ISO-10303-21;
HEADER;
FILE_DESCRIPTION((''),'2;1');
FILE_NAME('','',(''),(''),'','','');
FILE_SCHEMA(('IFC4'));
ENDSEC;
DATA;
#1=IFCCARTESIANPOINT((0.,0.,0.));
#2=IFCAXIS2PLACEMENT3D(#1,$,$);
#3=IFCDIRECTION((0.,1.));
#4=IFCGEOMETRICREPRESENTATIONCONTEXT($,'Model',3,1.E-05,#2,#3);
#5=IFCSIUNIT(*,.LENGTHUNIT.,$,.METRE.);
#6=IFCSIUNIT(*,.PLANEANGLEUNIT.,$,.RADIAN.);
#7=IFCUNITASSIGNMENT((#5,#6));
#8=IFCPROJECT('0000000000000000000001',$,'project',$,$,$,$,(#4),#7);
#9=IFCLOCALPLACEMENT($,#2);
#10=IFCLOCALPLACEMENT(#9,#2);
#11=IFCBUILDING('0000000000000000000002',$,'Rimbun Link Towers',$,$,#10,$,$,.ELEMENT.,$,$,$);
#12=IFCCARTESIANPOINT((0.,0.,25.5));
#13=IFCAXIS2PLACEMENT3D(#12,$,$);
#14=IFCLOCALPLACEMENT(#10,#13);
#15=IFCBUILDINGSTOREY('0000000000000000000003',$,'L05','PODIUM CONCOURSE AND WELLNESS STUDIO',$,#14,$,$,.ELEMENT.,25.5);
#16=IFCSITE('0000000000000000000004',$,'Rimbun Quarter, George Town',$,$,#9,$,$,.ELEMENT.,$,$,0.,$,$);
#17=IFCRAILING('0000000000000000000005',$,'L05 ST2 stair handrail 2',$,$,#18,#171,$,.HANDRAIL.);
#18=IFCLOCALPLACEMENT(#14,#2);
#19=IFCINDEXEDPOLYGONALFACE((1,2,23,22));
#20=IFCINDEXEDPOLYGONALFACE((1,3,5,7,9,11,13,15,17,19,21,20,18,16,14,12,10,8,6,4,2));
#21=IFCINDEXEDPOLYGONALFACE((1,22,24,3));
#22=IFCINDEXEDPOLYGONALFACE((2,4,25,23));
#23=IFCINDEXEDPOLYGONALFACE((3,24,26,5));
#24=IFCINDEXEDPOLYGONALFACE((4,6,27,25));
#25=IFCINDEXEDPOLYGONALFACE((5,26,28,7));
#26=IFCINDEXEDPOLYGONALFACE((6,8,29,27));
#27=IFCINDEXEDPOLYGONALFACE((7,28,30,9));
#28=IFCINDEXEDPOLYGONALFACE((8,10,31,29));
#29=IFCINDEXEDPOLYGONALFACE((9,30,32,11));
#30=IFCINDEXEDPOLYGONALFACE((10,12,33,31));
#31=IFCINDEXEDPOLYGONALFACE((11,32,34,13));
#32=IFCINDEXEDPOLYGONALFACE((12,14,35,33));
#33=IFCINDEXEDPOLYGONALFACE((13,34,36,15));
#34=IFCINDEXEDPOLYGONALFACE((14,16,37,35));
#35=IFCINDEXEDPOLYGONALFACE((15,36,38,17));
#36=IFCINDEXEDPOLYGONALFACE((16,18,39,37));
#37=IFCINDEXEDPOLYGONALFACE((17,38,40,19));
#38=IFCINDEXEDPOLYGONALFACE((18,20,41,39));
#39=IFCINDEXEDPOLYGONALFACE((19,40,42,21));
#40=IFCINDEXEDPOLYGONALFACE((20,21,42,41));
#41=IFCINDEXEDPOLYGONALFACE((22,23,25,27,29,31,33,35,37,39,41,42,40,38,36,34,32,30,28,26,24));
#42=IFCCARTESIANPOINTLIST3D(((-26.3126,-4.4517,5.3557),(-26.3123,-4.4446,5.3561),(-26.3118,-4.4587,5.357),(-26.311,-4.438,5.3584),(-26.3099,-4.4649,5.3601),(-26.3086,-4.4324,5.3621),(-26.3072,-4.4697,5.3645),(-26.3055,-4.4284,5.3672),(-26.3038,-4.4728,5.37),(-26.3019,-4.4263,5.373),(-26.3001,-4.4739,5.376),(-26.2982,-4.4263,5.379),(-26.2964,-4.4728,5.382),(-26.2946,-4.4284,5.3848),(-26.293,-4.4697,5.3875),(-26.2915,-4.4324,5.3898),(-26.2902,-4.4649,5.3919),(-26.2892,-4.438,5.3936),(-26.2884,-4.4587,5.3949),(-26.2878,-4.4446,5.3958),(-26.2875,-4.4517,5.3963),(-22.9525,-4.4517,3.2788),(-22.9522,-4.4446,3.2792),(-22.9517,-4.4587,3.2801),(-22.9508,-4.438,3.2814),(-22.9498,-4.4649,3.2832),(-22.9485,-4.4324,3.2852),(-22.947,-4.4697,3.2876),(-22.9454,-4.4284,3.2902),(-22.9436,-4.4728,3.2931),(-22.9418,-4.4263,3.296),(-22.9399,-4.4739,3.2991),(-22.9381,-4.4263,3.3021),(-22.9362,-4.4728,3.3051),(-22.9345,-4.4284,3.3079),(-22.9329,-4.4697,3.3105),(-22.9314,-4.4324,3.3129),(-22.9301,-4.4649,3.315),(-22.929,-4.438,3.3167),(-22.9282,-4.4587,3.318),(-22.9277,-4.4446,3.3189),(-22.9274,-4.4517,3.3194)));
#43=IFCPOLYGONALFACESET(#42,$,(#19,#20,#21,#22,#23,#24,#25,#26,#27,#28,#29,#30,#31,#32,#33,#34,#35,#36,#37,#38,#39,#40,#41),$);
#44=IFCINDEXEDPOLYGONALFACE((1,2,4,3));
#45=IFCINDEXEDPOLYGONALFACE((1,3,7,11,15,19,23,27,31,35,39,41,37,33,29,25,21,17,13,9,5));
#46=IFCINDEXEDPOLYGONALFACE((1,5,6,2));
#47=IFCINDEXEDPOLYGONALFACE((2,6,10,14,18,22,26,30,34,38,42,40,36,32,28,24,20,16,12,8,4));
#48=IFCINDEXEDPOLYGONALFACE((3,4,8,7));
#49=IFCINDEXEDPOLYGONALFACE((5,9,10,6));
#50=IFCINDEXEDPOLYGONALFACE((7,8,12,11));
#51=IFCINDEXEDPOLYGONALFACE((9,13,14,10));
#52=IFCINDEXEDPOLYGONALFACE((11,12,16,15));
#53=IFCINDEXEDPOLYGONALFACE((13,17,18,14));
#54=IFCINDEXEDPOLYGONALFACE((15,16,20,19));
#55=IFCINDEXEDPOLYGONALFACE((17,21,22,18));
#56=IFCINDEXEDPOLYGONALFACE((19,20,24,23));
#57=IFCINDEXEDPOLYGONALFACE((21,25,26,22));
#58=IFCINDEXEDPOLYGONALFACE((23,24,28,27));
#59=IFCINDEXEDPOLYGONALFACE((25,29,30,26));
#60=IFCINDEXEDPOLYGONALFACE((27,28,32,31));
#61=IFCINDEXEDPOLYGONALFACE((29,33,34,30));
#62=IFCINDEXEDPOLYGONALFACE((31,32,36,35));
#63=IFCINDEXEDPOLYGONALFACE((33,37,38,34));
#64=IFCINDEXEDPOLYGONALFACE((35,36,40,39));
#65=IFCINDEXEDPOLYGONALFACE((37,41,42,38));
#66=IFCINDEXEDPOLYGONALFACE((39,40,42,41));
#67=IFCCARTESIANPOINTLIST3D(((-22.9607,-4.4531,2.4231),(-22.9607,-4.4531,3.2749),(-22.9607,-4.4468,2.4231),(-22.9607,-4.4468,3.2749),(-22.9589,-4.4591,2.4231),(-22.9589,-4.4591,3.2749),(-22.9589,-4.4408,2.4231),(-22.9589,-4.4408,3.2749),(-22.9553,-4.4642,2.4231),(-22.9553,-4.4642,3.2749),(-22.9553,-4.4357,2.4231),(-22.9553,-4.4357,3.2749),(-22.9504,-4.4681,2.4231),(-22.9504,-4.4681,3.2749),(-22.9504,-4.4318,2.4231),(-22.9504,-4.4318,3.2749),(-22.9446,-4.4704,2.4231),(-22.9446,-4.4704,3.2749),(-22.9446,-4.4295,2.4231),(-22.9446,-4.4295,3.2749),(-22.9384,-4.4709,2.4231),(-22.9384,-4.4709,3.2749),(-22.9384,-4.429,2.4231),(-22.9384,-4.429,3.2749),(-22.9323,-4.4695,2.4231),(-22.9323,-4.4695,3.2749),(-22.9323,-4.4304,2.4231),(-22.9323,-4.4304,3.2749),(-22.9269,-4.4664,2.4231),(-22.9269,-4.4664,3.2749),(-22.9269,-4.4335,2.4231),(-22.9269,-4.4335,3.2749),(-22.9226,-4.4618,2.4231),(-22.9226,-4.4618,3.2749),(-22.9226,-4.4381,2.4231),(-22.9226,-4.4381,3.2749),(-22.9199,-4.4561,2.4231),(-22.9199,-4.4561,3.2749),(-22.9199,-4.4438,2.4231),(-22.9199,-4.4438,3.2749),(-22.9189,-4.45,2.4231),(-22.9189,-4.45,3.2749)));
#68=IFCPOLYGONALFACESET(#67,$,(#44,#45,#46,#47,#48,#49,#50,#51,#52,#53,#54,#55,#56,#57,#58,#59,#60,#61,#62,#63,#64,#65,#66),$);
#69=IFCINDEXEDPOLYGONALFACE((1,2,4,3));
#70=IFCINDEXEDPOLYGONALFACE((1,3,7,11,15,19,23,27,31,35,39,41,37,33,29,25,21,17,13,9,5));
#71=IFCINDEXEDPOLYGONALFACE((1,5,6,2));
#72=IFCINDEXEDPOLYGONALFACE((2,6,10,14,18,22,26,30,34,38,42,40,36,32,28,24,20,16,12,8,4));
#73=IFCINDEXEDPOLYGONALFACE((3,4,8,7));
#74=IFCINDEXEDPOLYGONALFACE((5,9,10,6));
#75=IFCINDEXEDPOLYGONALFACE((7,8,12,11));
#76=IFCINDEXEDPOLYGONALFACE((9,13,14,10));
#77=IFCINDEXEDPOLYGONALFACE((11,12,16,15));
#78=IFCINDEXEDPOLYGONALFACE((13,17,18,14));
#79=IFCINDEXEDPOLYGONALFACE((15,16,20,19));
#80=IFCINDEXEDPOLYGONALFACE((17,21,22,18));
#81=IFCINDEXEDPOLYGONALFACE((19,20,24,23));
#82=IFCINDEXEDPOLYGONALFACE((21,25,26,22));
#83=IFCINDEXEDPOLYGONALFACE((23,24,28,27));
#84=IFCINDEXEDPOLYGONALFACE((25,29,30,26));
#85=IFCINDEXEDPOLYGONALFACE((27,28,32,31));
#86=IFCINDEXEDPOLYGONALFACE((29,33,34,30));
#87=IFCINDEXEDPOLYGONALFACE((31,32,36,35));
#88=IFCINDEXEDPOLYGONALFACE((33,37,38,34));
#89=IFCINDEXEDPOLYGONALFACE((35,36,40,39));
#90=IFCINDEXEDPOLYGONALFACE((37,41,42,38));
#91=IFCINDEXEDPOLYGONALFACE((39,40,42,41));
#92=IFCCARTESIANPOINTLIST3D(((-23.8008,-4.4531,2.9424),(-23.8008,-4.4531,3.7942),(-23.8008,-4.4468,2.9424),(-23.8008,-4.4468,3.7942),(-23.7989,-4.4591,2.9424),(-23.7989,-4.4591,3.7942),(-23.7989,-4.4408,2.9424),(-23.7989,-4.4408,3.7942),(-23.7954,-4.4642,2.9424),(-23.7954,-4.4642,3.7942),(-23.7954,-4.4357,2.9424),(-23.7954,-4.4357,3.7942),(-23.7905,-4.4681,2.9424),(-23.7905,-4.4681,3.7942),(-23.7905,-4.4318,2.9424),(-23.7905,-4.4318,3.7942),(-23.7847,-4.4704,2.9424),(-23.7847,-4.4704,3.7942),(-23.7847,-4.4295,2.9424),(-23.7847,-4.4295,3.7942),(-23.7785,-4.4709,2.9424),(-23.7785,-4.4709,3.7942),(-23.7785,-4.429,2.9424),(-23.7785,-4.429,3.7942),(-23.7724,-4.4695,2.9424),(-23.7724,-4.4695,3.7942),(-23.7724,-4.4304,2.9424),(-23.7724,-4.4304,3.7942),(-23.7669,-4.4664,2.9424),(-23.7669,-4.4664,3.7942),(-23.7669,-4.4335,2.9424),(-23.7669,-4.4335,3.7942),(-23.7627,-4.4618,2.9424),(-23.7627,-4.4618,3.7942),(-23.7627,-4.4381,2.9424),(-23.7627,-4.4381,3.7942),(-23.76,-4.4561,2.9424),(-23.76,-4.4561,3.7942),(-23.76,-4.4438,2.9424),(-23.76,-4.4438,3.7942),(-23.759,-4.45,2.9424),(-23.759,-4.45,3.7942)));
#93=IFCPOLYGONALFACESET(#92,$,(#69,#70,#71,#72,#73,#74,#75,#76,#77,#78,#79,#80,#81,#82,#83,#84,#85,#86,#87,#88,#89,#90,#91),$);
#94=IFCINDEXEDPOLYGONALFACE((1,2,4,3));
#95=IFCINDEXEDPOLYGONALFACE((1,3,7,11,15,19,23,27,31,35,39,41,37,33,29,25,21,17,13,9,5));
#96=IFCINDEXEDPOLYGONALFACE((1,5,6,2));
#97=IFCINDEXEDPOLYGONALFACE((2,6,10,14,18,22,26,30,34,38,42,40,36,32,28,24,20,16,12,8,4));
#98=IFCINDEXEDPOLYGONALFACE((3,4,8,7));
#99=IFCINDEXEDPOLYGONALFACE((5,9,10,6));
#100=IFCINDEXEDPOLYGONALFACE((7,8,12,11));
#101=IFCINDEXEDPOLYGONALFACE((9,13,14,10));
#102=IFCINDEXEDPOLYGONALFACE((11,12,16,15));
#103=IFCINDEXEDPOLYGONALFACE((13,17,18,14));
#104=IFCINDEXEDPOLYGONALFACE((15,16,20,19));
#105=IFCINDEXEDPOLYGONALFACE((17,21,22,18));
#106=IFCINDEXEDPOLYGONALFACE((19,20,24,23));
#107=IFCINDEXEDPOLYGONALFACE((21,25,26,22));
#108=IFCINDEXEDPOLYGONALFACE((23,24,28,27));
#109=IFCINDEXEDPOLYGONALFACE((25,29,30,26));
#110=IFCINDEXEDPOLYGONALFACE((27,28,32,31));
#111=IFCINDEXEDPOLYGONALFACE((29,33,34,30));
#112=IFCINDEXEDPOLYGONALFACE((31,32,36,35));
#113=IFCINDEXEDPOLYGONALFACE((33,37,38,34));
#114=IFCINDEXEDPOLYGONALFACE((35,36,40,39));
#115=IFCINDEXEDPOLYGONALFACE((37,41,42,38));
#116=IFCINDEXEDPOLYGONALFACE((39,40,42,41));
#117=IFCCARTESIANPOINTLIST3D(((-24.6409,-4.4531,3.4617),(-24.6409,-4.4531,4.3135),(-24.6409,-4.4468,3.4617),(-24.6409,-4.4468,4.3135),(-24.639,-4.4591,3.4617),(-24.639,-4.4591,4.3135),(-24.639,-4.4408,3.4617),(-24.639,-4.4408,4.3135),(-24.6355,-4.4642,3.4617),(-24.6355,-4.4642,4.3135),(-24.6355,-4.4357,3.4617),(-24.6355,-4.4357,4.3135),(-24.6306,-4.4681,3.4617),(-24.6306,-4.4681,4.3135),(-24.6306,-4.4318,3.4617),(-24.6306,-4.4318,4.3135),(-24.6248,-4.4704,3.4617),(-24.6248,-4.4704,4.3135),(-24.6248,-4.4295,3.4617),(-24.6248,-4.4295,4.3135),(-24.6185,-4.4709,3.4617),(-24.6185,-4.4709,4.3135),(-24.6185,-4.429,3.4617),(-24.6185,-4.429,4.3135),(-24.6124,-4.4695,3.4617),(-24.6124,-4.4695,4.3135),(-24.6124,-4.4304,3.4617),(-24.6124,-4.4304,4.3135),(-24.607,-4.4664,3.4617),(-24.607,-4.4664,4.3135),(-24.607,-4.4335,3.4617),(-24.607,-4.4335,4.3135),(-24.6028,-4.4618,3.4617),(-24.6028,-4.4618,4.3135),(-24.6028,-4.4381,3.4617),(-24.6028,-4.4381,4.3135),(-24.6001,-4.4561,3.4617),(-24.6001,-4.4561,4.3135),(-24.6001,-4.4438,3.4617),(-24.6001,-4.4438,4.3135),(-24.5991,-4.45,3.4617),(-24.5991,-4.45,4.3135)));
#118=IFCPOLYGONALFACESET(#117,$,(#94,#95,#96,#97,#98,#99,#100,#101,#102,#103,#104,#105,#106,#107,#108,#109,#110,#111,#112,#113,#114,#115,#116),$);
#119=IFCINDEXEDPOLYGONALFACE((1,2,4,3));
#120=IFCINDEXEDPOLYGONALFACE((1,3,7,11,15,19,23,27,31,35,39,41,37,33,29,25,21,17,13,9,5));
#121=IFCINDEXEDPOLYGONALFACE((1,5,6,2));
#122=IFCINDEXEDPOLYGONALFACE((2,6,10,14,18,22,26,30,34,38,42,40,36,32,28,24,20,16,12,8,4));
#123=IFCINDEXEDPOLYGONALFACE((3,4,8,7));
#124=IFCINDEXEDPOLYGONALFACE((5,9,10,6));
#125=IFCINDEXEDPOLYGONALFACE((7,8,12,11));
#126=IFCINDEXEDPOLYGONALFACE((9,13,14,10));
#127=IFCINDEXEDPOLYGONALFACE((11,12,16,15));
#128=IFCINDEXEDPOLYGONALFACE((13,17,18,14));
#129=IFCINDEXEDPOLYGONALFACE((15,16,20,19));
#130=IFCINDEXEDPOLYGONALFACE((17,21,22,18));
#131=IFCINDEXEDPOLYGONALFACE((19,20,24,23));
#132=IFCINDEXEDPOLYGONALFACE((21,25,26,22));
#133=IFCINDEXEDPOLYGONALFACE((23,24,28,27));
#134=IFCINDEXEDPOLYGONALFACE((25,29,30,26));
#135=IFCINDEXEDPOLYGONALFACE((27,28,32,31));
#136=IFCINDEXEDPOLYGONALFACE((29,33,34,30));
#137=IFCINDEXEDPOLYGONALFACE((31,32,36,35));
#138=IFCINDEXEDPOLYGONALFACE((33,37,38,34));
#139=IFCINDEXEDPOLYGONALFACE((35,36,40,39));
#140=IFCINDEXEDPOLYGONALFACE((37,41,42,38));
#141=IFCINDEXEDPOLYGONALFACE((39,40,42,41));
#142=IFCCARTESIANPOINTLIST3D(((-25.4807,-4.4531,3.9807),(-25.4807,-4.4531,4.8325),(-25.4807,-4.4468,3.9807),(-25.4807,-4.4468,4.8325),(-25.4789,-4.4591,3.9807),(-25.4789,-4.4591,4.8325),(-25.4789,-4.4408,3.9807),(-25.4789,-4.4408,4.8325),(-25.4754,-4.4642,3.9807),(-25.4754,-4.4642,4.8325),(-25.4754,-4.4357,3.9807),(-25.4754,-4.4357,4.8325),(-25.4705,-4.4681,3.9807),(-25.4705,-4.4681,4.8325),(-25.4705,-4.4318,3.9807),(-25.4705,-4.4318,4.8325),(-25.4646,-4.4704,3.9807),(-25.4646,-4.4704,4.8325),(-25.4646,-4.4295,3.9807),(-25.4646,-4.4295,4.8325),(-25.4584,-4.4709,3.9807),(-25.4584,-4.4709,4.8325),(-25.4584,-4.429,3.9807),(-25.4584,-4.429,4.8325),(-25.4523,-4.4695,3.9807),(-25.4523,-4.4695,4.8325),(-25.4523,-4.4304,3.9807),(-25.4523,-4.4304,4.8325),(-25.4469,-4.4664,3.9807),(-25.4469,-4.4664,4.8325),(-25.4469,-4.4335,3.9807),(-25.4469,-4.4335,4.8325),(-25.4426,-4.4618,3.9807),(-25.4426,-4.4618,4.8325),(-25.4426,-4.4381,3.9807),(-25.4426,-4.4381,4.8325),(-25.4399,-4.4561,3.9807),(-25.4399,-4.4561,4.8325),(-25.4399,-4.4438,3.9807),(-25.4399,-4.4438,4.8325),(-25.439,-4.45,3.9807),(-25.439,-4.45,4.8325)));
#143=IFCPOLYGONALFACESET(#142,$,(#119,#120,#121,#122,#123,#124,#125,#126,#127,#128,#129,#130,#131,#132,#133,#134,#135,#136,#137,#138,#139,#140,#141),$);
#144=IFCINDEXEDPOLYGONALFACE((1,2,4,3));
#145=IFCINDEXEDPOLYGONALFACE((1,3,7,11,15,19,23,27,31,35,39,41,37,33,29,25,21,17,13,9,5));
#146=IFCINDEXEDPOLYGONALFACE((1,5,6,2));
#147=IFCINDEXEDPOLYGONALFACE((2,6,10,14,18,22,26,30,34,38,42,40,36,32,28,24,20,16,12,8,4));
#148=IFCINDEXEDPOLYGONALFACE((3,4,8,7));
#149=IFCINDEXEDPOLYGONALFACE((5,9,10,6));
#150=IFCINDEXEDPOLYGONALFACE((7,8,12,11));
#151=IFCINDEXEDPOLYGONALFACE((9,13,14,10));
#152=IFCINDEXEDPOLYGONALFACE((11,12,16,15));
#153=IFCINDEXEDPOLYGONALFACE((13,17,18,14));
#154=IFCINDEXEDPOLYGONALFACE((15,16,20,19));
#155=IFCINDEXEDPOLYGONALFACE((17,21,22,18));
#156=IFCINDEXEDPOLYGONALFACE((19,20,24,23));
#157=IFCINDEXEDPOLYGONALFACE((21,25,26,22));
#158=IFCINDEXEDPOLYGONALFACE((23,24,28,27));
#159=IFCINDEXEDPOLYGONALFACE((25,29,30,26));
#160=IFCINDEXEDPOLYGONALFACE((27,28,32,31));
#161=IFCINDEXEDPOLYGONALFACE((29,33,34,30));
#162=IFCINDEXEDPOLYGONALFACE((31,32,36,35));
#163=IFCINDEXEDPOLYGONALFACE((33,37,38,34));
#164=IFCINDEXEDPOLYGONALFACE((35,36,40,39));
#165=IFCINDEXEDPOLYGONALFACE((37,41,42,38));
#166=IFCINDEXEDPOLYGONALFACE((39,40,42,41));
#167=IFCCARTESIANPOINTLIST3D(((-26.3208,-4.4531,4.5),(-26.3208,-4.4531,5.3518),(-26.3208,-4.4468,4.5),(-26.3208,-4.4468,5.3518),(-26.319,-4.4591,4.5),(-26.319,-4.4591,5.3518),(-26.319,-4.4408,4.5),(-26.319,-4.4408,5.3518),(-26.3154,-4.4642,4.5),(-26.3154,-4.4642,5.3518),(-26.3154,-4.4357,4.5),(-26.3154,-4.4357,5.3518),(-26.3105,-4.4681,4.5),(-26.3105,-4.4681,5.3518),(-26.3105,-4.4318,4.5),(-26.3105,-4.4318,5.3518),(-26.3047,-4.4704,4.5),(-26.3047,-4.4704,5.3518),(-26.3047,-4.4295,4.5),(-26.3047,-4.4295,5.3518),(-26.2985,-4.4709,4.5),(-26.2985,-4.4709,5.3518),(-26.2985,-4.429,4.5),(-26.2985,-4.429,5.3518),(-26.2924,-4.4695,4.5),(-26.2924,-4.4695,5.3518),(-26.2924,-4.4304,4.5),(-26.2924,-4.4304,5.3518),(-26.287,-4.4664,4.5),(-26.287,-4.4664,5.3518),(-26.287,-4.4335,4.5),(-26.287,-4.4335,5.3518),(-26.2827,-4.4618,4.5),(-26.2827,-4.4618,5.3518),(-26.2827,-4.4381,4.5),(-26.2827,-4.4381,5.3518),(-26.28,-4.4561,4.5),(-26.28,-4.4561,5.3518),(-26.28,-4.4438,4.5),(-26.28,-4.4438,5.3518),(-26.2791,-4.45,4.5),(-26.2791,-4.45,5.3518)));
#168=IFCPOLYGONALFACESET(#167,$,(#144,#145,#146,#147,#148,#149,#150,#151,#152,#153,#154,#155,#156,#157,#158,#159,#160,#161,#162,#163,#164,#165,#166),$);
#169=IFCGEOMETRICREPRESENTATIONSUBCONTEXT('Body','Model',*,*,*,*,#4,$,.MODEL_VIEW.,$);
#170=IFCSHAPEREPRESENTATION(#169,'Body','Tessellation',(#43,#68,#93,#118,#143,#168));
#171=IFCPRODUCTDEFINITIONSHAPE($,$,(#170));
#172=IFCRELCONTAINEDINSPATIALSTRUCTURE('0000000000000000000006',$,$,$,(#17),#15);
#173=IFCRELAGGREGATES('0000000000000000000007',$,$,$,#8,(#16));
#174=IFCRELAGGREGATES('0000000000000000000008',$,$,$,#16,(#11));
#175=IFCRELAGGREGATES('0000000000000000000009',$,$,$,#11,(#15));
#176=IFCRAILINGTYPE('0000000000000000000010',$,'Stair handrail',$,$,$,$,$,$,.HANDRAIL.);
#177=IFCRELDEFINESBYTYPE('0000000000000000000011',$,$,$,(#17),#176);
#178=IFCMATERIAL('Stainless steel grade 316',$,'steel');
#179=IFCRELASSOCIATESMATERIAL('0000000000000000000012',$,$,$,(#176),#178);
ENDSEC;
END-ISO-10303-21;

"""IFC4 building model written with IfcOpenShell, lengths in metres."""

from ifc_helpers import new_model, si_unit, direction, frame, origin, origin_2d, place, context, subcontext, project, spatial, circle, extrude, material, type_object, element, save


model = new_model("IFC4")

# Units and contexts
model_context = context("Model", 3, precision=1e-05, world=origin(), true_north=direction((0.0, 1.0)))
body_context = subcontext(model_context, "Body", "Model", "MODEL_VIEW")
ifc_project = project(units=[si_unit("LENGTHUNIT", "METRE"), si_unit("PLANEANGLEUNIT", "RADIAN")], contexts=[model_context])

# Site, building, storey
site_placement = place(None, origin())
site = spatial("IfcSite", under=ifc_project, at=site_placement, Name="Rimbun Quarter, George Town", CompositionType="ELEMENT", RefElevation=0.0)
building_placement = place(site_placement, origin())
building = spatial("IfcBuilding", under=site, at=building_placement, Name="Rimbun Link Towers", CompositionType="ELEMENT")
storey_placement = place(building_placement, frame((0.0, 0.0, 25.5)))
storey = spatial("IfcBuildingStorey", under=building, at=storey_placement, Name="L05", Description="PODIUM CONCOURSE AND WELLNESS STUDIO", CompositionType="ELEMENT", Elevation=25.5)

# Railing
ifc_material_1 = material(Name="Stainless steel grade 316", Category="steel")
railing_type_1 = type_object("IfcRailingType", Name="Stair handrail", PredefinedType="HANDRAIL", material=ifc_material_1)
railing_1_placement = place(storey_placement, frame((-22.9399, -4.45, 2.4231)))
element("IfcRailing", 1, at=railing_1_placement, inside=storey, type_object=railing_type_1, Name="L05 ST2 stair handrail 2", PredefinedType="HANDRAIL", context=body_context, shape_type="SweptSolid", body=[
    extrude(circle(Radius=0.0239, at=origin_2d()), frame((0.0, 0.0, 0.876), z_axis=(-0.850623, 0.0, 0.525776), x_axis=(0.0, -1.0, 0.0)), (0.0, 0.0, 1.0), 3.9502),
    extrude(circle(Radius=0.021, at=origin_2d()), origin(), (0.0, 0.0, 1.0), 0.8518),
    extrude(circle(Radius=0.021, at=origin_2d()), frame((-0.8401, 0.0, 0.5193)), (0.0, 0.0, 1.0), 0.8518),
    extrude(circle(Radius=0.021, at=origin_2d()), frame((-1.6802, 0.0, 1.0386)), (0.0, 0.0, 1.0), 0.8518),
    extrude(circle(Radius=0.021, at=origin_2d()), frame((-2.52, 0.0, 1.5576)), (0.0, 0.0, 1.0), 0.8518),
    extrude(circle(Radius=0.021, at=origin_2d()), frame((-3.3601, 0.0, 2.0769)), (0.0, 0.0, 1.0), 0.8518),
])

save(model, "model.ifc")
